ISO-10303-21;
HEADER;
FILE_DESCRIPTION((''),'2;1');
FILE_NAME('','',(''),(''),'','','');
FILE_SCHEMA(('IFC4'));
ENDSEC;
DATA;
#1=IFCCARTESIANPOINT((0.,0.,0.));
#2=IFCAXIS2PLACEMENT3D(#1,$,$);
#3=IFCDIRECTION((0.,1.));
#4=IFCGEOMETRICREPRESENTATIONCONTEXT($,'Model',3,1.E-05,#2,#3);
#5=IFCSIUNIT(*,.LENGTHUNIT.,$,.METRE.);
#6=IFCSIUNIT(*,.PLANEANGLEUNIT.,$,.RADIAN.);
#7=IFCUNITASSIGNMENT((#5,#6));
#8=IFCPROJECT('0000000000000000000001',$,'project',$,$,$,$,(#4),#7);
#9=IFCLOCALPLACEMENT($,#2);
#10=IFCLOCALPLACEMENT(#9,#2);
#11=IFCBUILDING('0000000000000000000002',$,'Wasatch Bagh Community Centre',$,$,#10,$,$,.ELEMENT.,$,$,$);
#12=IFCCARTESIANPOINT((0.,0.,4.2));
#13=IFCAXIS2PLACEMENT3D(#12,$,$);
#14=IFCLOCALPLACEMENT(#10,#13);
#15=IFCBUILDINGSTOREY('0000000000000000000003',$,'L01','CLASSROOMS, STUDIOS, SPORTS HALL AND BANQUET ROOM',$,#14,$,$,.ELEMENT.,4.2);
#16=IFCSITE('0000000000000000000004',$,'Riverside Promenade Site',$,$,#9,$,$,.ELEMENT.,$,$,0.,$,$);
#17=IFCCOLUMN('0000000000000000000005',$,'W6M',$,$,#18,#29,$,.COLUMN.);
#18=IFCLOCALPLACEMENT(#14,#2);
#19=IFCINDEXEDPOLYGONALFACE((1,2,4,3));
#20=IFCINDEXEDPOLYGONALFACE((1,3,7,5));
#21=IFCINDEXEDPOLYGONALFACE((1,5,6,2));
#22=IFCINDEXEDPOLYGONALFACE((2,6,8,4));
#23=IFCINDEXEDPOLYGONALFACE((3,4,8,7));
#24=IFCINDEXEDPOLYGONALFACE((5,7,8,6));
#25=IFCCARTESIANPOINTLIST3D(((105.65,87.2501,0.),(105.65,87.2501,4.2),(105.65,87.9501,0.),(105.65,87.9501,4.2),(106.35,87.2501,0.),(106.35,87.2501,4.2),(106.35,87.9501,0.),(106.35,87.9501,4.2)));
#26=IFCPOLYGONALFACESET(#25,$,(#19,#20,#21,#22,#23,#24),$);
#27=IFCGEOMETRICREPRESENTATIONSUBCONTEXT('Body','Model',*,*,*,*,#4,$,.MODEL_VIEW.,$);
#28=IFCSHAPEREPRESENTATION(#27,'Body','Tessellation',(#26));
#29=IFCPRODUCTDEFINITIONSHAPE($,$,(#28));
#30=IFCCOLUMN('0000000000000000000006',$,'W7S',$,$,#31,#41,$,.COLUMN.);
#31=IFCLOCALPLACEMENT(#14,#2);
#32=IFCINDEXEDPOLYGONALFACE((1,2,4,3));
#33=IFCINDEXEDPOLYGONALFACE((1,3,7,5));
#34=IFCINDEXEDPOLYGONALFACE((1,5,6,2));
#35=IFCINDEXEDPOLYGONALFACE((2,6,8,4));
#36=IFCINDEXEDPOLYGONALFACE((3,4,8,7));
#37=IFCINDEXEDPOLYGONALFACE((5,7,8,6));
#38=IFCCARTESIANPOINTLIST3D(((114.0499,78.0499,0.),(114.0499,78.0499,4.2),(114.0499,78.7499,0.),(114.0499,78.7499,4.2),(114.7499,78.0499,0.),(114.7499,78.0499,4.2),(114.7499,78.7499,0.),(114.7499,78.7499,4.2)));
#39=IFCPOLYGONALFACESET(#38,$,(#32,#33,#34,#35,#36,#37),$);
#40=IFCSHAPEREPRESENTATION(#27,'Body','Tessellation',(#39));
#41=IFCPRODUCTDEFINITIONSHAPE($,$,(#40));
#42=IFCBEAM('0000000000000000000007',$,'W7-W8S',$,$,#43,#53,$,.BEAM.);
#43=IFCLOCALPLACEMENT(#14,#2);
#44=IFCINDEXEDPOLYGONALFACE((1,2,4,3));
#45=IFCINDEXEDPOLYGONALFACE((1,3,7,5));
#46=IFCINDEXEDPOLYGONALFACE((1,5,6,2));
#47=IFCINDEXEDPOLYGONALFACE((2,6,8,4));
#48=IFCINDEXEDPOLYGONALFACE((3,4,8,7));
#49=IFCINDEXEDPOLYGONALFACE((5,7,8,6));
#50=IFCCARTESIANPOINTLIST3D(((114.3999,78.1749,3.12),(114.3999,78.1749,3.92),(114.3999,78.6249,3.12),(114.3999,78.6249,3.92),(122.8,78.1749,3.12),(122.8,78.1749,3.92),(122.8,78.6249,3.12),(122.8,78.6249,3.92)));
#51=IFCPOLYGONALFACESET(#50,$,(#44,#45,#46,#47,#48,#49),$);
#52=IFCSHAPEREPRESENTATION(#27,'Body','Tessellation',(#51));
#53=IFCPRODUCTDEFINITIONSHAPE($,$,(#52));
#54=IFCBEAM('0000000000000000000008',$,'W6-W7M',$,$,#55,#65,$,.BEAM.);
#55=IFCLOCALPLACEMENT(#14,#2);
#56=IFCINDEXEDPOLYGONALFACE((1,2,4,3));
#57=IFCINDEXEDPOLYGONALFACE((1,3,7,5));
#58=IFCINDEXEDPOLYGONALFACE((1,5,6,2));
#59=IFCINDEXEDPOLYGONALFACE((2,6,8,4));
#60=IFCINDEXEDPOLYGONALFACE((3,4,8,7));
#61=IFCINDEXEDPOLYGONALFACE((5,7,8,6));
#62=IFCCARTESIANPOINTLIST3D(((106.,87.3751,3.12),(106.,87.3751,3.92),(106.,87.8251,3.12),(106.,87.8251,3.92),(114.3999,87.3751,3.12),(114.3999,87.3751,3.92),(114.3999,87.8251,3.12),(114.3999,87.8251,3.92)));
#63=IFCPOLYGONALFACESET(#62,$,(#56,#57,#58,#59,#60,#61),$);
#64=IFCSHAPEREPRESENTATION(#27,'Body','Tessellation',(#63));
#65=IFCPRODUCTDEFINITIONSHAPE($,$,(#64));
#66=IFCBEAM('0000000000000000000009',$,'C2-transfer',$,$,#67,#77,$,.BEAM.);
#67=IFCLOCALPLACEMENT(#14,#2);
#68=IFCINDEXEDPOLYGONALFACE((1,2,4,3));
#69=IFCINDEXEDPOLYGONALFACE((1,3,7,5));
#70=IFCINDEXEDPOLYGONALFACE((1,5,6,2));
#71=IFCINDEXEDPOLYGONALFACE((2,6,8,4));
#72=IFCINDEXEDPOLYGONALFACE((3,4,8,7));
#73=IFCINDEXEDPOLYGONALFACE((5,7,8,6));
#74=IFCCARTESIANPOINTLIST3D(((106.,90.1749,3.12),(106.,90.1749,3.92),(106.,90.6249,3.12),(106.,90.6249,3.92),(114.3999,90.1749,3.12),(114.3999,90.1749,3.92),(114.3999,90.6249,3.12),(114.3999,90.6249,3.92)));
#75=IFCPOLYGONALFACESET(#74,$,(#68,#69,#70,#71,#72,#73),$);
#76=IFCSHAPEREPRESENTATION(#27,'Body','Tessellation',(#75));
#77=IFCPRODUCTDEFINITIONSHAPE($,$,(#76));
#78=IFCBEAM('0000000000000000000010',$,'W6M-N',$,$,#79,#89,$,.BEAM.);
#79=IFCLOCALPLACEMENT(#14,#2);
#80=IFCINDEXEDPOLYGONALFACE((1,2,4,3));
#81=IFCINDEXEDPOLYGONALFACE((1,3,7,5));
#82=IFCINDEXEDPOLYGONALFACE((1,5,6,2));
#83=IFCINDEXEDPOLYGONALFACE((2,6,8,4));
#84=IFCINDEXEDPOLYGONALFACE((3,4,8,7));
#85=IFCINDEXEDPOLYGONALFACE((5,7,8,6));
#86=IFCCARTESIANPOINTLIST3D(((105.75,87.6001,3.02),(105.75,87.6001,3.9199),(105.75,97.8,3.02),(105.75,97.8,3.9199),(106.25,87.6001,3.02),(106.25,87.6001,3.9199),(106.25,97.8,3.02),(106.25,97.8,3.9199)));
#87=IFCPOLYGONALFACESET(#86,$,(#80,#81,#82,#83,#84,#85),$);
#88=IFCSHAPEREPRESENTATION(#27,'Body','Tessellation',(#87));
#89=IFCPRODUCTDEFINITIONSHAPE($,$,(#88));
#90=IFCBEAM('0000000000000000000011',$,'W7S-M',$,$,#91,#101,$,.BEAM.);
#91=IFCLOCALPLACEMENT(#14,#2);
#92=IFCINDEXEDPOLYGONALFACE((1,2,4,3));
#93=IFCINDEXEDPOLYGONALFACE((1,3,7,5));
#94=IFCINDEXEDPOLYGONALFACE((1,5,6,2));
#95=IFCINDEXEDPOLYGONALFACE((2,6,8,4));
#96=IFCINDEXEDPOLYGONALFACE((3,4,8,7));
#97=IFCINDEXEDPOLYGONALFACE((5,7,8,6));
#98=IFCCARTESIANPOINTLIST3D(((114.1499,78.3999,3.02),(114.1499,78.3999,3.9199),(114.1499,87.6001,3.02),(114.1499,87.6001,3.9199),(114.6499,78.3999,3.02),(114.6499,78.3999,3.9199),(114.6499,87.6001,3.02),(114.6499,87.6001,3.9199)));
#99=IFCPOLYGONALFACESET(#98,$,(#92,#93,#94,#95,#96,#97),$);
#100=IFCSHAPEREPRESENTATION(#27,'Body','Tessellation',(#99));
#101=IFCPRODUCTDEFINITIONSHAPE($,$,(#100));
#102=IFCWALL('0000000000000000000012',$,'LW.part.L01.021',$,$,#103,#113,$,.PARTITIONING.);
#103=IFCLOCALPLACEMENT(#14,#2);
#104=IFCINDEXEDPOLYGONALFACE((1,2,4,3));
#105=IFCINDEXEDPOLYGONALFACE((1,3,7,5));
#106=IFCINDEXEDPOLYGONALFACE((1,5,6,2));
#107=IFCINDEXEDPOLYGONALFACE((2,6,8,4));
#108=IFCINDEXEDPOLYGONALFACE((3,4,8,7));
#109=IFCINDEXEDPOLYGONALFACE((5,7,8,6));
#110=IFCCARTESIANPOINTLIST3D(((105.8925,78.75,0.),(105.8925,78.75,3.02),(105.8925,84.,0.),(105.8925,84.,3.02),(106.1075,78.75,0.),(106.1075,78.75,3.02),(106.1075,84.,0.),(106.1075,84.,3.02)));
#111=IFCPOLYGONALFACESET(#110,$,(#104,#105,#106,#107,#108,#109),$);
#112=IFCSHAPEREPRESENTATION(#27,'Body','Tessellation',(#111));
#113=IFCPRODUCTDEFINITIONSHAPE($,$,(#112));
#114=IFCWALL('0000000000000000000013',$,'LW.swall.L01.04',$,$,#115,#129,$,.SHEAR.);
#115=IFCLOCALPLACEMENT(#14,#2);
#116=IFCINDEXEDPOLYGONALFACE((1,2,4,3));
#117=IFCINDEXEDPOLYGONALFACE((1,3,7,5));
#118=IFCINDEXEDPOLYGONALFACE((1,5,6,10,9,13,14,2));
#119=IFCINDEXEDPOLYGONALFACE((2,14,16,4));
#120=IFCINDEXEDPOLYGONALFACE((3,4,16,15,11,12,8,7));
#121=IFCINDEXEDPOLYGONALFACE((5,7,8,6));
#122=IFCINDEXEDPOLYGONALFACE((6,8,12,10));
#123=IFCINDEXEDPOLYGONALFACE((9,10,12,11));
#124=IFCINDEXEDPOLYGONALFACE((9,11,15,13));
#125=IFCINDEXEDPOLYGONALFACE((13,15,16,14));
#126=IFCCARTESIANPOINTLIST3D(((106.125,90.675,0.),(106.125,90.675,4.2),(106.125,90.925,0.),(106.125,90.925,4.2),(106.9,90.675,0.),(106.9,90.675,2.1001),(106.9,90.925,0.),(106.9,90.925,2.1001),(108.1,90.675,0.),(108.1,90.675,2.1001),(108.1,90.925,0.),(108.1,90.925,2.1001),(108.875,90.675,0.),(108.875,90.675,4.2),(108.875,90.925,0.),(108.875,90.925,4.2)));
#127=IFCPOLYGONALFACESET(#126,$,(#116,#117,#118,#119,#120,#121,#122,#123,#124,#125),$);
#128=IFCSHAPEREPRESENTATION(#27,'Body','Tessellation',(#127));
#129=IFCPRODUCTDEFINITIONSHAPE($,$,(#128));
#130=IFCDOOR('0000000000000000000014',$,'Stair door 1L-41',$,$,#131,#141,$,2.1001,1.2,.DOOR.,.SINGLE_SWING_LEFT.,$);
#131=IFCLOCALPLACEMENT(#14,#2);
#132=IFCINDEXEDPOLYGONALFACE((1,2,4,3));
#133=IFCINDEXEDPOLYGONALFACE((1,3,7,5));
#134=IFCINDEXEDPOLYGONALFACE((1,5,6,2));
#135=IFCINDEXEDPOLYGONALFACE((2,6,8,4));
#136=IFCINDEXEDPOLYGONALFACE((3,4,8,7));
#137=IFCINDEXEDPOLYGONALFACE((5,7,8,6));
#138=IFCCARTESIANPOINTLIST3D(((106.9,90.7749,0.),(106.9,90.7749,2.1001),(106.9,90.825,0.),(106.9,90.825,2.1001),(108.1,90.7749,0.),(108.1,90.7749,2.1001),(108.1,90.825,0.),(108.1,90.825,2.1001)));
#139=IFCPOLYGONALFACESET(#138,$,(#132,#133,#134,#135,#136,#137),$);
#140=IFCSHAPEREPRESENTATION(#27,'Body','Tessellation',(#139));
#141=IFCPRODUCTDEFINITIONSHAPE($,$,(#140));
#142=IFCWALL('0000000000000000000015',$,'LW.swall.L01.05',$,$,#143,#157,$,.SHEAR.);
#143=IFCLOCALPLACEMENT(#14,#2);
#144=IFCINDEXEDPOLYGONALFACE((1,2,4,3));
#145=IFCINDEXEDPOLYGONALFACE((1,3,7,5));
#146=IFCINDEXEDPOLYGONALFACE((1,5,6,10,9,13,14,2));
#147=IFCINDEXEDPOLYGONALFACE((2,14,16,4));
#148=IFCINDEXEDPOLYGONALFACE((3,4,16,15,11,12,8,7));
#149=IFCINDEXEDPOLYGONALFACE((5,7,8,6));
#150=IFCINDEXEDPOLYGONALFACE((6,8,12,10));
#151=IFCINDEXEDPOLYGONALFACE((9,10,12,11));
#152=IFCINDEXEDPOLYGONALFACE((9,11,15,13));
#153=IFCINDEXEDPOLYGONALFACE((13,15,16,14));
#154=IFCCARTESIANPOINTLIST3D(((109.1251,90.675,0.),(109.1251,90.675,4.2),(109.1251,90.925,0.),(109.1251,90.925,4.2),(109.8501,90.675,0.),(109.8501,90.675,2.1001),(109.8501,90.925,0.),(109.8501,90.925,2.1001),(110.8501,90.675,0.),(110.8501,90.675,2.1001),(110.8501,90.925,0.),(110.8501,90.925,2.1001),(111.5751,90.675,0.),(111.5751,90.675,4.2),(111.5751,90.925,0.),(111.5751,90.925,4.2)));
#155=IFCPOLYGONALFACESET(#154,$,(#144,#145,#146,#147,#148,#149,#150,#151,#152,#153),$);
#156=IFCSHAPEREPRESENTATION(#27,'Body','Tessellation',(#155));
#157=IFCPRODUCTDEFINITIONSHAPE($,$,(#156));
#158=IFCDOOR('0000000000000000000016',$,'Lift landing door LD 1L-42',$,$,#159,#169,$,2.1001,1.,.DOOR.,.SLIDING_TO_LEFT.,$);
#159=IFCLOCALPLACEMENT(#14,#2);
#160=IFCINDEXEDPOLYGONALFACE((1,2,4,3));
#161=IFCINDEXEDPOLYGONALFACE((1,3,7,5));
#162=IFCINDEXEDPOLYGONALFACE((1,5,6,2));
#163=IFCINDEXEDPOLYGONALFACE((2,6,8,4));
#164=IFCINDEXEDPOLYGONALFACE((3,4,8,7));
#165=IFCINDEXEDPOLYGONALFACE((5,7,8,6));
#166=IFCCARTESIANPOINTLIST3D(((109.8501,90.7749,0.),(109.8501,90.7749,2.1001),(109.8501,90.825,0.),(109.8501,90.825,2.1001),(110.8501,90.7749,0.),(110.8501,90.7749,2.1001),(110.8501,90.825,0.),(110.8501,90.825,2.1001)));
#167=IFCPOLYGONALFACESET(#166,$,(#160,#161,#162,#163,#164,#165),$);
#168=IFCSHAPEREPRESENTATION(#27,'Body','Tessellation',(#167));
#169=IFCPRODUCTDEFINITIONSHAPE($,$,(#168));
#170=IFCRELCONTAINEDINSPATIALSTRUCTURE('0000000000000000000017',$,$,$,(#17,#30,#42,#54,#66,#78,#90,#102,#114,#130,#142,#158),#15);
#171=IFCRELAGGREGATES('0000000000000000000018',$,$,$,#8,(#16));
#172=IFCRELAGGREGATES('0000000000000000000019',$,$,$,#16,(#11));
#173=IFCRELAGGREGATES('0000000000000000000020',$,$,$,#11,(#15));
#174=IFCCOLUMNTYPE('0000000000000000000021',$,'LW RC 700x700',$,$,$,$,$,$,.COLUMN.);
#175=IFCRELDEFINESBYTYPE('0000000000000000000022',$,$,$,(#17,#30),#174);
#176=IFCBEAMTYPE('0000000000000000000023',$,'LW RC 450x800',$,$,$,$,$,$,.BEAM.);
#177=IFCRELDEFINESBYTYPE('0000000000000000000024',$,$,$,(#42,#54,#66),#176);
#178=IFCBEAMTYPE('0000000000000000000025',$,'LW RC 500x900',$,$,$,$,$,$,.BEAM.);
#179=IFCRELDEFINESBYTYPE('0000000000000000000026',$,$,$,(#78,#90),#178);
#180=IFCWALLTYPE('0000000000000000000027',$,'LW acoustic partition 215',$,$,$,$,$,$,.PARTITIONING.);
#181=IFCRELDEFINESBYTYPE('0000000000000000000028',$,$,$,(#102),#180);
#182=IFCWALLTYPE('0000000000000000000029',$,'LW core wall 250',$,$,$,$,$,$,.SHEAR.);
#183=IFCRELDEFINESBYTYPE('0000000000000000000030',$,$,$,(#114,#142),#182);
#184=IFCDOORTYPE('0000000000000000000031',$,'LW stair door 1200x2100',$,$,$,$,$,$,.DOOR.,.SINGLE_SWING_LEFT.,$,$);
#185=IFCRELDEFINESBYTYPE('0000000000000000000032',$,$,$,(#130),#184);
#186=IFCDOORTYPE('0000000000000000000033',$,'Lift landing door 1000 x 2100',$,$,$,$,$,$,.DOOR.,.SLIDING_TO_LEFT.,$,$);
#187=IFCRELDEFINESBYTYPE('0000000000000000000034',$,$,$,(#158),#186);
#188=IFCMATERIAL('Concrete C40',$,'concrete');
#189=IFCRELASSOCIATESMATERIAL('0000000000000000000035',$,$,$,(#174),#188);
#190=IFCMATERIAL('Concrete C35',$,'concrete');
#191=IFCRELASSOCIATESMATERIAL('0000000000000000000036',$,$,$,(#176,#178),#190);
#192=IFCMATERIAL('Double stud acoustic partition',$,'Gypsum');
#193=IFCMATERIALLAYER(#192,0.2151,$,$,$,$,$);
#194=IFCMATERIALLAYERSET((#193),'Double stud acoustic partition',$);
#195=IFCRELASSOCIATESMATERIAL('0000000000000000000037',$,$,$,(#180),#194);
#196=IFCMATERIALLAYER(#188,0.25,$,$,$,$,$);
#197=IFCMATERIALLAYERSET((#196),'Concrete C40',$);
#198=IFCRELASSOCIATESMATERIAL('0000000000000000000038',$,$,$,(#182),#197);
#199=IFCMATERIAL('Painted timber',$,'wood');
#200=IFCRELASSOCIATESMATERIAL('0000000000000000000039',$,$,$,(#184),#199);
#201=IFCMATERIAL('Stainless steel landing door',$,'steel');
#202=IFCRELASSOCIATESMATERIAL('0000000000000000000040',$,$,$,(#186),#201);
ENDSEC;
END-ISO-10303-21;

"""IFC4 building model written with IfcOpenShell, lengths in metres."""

from ifc_helpers import new_model, si_unit, direction, frame, frame_2d, origin, origin_2d, place, context, subcontext, project, spatial, rectangle, extrude, material, layer, layer_set, material_profile, profile_set, type_object, element, fill, save


model = new_model("IFC4")

# Units and contexts
model_context = context("Model", 3, precision=1e-05, world=origin(), true_north=direction((0.0, 1.0)))
body_context = subcontext(model_context, "Body", "Model", "MODEL_VIEW")
ifc_project = project(units=[si_unit("LENGTHUNIT", "METRE"), si_unit("PLANEANGLEUNIT", "RADIAN")], contexts=[model_context])

# Site, building, storey
site_placement = place(None, origin())
site = spatial("IfcSite", under=ifc_project, at=site_placement, Name="Riverside Promenade Site", CompositionType="ELEMENT", RefElevation=0.0)
building_placement = place(site_placement, origin())
building = spatial("IfcBuilding", under=site, at=building_placement, Name="Wasatch Bagh Community Centre", CompositionType="ELEMENT")
storey_placement = place(building_placement, frame((0.0, 0.0, 4.2)))
storey = spatial("IfcBuildingStorey", under=building, at=storey_placement, Name="L01", Description="CLASSROOMS, STUDIOS, SPORTS HALL AND BANQUET ROOM", CompositionType="ELEMENT", Elevation=4.2)

# Columns
ifc_material_1 = material(Name="Concrete C40", Category="concrete")
ifc_material_profile_1 = material_profile(ifc_material_1, rectangle(XDim=0.7, YDim=0.7, at=origin_2d()), Name="RC 700x700")
ifc_profile_set_1 = profile_set([ifc_material_profile_1], Name="Concrete C40")
column_type = type_object("IfcColumnType", Name="LW RC 700x700", PredefinedType="COLUMN", material=ifc_profile_set_1)
for number, where, z_axis, x_axis, name in (
    (1, (106.0, 87.6001, 0.0), (0.0, 0.0, 1.0), (1.0, 0.0, 0.0), "W6M"),
    (2, (114.3999, 78.3999, 0.0), (0.0, 0.0, 1.0), (1.0, 0.0, 0.0), "W7S"),
):
    element("IfcColumn", number, at=place(storey_placement, frame(where, z_axis=z_axis, x_axis=x_axis)), inside=storey, type_object=column_type, Name=name, PredefinedType="COLUMN", context=body_context, shape_type="SweptSolid", body=[
        extrude(rectangle(XDim=0.7, YDim=0.7, at=origin_2d()), origin(), (0.0, 0.0, 1.0), 4.2),
    ])

# Beams
ifc_material_2 = material(Name="Concrete C35", Category="concrete")
ifc_material_profile_2 = material_profile(ifc_material_2, rectangle(XDim=0.45, YDim=0.8, at=origin_2d()), Name="RC 450x800")
ifc_profile_set_2 = profile_set([ifc_material_profile_2], Name="Concrete C35")
beam_type_1 = type_object("IfcBeamType", Name="LW RC 450x800", PredefinedType="BEAM", material=ifc_profile_set_2)
beam_1_placement = place(storey_placement, frame((114.3999, 78.3999, 3.52), z_axis=(1.0, 0.0, 0.0), x_axis=(0.0, 1.0, 0.0)))
element("IfcBeam", 3, at=beam_1_placement, inside=storey, type_object=beam_type_1, Name="W7-W8S", PredefinedType="BEAM", context=body_context, shape_type="SweptSolid", body=[
    extrude(rectangle(XDim=0.45, YDim=0.8, at=origin_2d()), origin(), (0.0, 0.0, 1.0), 8.4001),
])
for number, where, z_axis, x_axis, name in (
    (4, (106.0, 87.6001, 3.52), (1.0, 0.0, 0.0), (0.0, 1.0, 0.0), "W6-W7M"),
    (5, (106.0, 90.3999, 3.52), (1.0, 0.0, 0.0), (0.0, 1.0, 0.0), "C2-transfer"),
):
    element("IfcBeam", number, at=place(storey_placement, frame(where, z_axis=z_axis, x_axis=x_axis)), inside=storey, type_object=beam_type_1, Name=name, PredefinedType="BEAM", context=body_context, shape_type="SweptSolid", body=[
        extrude(rectangle(XDim=0.45, YDim=0.8, at=origin_2d()), origin(), (0.0, 0.0, 1.0), 8.3999),
    ])
ifc_material_profile_3 = material_profile(ifc_material_2, rectangle(XDim=0.5, YDim=0.8999, at=origin_2d()), Name="RC 500x900")
ifc_profile_set_3 = profile_set([ifc_material_profile_3], Name="Concrete C35")
beam_type_2 = type_object("IfcBeamType", Name="LW RC 500x900", PredefinedType="BEAM", material=ifc_profile_set_3)
beam_2_placement = place(storey_placement, frame((106.0, 87.6001, 3.47), z_axis=(0.0, 1.0, 0.0), x_axis=(-1.0, 0.0, 0.0)))
element("IfcBeam", 6, at=beam_2_placement, inside=storey, type_object=beam_type_2, Name="W6M-N", PredefinedType="BEAM", context=body_context, shape_type="SweptSolid", body=[
    extrude(rectangle(XDim=0.5, YDim=0.8999, at=origin_2d()), origin(), (0.0, 0.0, 1.0), 10.2),
])
beam_3_placement = place(storey_placement, frame((114.3999, 78.3999, 3.47), z_axis=(0.0, 1.0, 0.0), x_axis=(-1.0, 0.0, 0.0)))
element("IfcBeam", 7, at=beam_3_placement, inside=storey, type_object=beam_type_2, Name="W7S-M", PredefinedType="BEAM", context=body_context, shape_type="SweptSolid", body=[
    extrude(rectangle(XDim=0.5, YDim=0.8999, at=origin_2d()), origin(), (0.0, 0.0, 1.0), 9.2002),
])

# Wall
ifc_material_3 = material(Name="Double stud acoustic partition", Category="Gypsum")
ifc_layer_1 = layer(ifc_material_3, 0.2151)
ifc_layer_set_1 = layer_set([ifc_layer_1], Name="Double stud acoustic partition")
wall_type_1 = type_object("IfcWallType", Name="LW acoustic partition 215", PredefinedType="PARTITIONING", material=ifc_layer_set_1)
wall_1_placement = place(storey_placement, frame((106.0, 78.75, 0.0), z_axis=(0.0, 0.0, 1.0), x_axis=(0.0, 1.0, 0.0)))
element("IfcWall", 8, at=wall_1_placement, inside=storey, type_object=wall_type_1, Name="LW.part.L01.021", PredefinedType="PARTITIONING", context=body_context, shape_type="SweptSolid", body=[
    extrude(rectangle(XDim=5.25, YDim=0.2151, at=frame_2d((2.625, 0.0))), origin(), (0.0, 0.0, 1.0), 3.02),
])

# Walls, openings, doors
ifc_layer_2 = layer(ifc_material_1, 0.25)
ifc_layer_set_2 = layer_set([ifc_layer_2], Name="Concrete C40")
wall_type_2 = type_object("IfcWallType", Name="LW core wall 250", PredefinedType="SHEAR", material=ifc_layer_set_2)
wall_2_placement = place(storey_placement, frame((106.125, 90.8, 0.0), z_axis=(0.0, 0.0, 1.0), x_axis=(1.0, 0.0, 0.0)))
wall_2 = element("IfcWall", 9, at=wall_2_placement, inside=storey, type_object=wall_type_2, Name="LW.swall.L01.04", PredefinedType="SHEAR", context=body_context, shape_type="SweptSolid", body=[
    extrude(rectangle(XDim=2.75, YDim=0.25, at=frame_2d((1.375, 0.0))), origin(), (0.0, 0.0, 1.0), 4.2),
])
opening_1_placement = place(wall_2_placement, frame((0.7749, 0.0, 0.0)))
opening_1 = element("IfcOpeningElement", 10, at=opening_1_placement, cuts=wall_2, PredefinedType="OPENING", context=body_context, shape_type="SweptSolid", body=[
    extrude(rectangle(XDim=1.2, YDim=2.1001, at=frame_2d((0.6001, 1.05))), frame((0.0, 0.135, 0.0), z_axis=(0.0, -1.0, 0.0), x_axis=(1.0, 0.0, 0.0)), (0.0, 0.0, 1.0), 0.27),
])
ifc_material_4 = material(Name="Painted timber", Category="wood")
door_type_1 = type_object("IfcDoorType", Name="LW stair door 1200x2100", OperationType="SINGLE_SWING_LEFT", PredefinedType="DOOR", material=ifc_material_4)
door_1_placement = place(opening_1_placement, origin())
door_1 = element("IfcDoor", 11, at=door_1_placement, inside=storey, type_object=door_type_1, Name="Stair door 1L-41", OperationType="SINGLE_SWING_LEFT", OverallHeight=2.1001, OverallWidth=1.2, PredefinedType="DOOR", context=body_context, shape_type="SweptSolid", body=[
    extrude(rectangle(XDim=1.2, YDim=2.1001, at=frame_2d((0.6001, 1.05))), frame((0.0, 0.0249, 0.0), z_axis=(0.0, -1.0, 0.0), x_axis=(1.0, 0.0, 0.0)), (0.0, 0.0, 1.0), 0.05),
])
fill(opening_1, door_1)
wall_3_placement = place(storey_placement, frame((109.125, 90.8, 0.0), z_axis=(0.0, 0.0, 1.0), x_axis=(1.0, 0.0, 0.0)))
wall_3 = element("IfcWall", 12, at=wall_3_placement, inside=storey, type_object=wall_type_2, Name="LW.swall.L01.05", PredefinedType="SHEAR", context=body_context, shape_type="SweptSolid", body=[
    extrude(rectangle(XDim=2.45, YDim=0.25, at=frame_2d((1.2251, 0.0))), origin(), (0.0, 0.0, 1.0), 4.2),
])
opening_2_placement = place(wall_3_placement, frame((0.7251, 0.0, 0.0)))
opening_2 = element("IfcOpeningElement", 13, at=opening_2_placement, cuts=wall_3, PredefinedType="OPENING", context=body_context, shape_type="SweptSolid", body=[
    extrude(rectangle(XDim=1.0, YDim=2.1001, at=frame_2d((0.5, 1.05))), frame((0.0, 0.135, 0.0), z_axis=(0.0, -1.0, 0.0), x_axis=(1.0, 0.0, 0.0)), (0.0, 0.0, 1.0), 0.27),
])
ifc_material_5 = material(Name="Stainless steel landing door", Category="steel")
door_type_2 = type_object("IfcDoorType", Name="Lift landing door 1000 x 2100", OperationType="SLIDING_TO_LEFT", PredefinedType="DOOR", material=ifc_material_5)
door_2_placement = place(opening_2_placement, origin())
door_2 = element("IfcDoor", 14, at=door_2_placement, inside=storey, type_object=door_type_2, Name="Lift landing door LD 1L-42", OperationType="SLIDING_TO_LEFT", OverallHeight=2.1001, OverallWidth=1.0, PredefinedType="DOOR", context=body_context, shape_type="SweptSolid", body=[
    extrude(rectangle(XDim=1.0, YDim=2.1001, at=frame_2d((0.5, 1.05))), frame((0.0, 0.0249, 0.0), z_axis=(0.0, -1.0, 0.0), x_axis=(1.0, 0.0, 0.0)), (0.0, 0.0, 1.0), 0.05),
])
fill(opening_2, door_2)

save(model, "model.ifc")
